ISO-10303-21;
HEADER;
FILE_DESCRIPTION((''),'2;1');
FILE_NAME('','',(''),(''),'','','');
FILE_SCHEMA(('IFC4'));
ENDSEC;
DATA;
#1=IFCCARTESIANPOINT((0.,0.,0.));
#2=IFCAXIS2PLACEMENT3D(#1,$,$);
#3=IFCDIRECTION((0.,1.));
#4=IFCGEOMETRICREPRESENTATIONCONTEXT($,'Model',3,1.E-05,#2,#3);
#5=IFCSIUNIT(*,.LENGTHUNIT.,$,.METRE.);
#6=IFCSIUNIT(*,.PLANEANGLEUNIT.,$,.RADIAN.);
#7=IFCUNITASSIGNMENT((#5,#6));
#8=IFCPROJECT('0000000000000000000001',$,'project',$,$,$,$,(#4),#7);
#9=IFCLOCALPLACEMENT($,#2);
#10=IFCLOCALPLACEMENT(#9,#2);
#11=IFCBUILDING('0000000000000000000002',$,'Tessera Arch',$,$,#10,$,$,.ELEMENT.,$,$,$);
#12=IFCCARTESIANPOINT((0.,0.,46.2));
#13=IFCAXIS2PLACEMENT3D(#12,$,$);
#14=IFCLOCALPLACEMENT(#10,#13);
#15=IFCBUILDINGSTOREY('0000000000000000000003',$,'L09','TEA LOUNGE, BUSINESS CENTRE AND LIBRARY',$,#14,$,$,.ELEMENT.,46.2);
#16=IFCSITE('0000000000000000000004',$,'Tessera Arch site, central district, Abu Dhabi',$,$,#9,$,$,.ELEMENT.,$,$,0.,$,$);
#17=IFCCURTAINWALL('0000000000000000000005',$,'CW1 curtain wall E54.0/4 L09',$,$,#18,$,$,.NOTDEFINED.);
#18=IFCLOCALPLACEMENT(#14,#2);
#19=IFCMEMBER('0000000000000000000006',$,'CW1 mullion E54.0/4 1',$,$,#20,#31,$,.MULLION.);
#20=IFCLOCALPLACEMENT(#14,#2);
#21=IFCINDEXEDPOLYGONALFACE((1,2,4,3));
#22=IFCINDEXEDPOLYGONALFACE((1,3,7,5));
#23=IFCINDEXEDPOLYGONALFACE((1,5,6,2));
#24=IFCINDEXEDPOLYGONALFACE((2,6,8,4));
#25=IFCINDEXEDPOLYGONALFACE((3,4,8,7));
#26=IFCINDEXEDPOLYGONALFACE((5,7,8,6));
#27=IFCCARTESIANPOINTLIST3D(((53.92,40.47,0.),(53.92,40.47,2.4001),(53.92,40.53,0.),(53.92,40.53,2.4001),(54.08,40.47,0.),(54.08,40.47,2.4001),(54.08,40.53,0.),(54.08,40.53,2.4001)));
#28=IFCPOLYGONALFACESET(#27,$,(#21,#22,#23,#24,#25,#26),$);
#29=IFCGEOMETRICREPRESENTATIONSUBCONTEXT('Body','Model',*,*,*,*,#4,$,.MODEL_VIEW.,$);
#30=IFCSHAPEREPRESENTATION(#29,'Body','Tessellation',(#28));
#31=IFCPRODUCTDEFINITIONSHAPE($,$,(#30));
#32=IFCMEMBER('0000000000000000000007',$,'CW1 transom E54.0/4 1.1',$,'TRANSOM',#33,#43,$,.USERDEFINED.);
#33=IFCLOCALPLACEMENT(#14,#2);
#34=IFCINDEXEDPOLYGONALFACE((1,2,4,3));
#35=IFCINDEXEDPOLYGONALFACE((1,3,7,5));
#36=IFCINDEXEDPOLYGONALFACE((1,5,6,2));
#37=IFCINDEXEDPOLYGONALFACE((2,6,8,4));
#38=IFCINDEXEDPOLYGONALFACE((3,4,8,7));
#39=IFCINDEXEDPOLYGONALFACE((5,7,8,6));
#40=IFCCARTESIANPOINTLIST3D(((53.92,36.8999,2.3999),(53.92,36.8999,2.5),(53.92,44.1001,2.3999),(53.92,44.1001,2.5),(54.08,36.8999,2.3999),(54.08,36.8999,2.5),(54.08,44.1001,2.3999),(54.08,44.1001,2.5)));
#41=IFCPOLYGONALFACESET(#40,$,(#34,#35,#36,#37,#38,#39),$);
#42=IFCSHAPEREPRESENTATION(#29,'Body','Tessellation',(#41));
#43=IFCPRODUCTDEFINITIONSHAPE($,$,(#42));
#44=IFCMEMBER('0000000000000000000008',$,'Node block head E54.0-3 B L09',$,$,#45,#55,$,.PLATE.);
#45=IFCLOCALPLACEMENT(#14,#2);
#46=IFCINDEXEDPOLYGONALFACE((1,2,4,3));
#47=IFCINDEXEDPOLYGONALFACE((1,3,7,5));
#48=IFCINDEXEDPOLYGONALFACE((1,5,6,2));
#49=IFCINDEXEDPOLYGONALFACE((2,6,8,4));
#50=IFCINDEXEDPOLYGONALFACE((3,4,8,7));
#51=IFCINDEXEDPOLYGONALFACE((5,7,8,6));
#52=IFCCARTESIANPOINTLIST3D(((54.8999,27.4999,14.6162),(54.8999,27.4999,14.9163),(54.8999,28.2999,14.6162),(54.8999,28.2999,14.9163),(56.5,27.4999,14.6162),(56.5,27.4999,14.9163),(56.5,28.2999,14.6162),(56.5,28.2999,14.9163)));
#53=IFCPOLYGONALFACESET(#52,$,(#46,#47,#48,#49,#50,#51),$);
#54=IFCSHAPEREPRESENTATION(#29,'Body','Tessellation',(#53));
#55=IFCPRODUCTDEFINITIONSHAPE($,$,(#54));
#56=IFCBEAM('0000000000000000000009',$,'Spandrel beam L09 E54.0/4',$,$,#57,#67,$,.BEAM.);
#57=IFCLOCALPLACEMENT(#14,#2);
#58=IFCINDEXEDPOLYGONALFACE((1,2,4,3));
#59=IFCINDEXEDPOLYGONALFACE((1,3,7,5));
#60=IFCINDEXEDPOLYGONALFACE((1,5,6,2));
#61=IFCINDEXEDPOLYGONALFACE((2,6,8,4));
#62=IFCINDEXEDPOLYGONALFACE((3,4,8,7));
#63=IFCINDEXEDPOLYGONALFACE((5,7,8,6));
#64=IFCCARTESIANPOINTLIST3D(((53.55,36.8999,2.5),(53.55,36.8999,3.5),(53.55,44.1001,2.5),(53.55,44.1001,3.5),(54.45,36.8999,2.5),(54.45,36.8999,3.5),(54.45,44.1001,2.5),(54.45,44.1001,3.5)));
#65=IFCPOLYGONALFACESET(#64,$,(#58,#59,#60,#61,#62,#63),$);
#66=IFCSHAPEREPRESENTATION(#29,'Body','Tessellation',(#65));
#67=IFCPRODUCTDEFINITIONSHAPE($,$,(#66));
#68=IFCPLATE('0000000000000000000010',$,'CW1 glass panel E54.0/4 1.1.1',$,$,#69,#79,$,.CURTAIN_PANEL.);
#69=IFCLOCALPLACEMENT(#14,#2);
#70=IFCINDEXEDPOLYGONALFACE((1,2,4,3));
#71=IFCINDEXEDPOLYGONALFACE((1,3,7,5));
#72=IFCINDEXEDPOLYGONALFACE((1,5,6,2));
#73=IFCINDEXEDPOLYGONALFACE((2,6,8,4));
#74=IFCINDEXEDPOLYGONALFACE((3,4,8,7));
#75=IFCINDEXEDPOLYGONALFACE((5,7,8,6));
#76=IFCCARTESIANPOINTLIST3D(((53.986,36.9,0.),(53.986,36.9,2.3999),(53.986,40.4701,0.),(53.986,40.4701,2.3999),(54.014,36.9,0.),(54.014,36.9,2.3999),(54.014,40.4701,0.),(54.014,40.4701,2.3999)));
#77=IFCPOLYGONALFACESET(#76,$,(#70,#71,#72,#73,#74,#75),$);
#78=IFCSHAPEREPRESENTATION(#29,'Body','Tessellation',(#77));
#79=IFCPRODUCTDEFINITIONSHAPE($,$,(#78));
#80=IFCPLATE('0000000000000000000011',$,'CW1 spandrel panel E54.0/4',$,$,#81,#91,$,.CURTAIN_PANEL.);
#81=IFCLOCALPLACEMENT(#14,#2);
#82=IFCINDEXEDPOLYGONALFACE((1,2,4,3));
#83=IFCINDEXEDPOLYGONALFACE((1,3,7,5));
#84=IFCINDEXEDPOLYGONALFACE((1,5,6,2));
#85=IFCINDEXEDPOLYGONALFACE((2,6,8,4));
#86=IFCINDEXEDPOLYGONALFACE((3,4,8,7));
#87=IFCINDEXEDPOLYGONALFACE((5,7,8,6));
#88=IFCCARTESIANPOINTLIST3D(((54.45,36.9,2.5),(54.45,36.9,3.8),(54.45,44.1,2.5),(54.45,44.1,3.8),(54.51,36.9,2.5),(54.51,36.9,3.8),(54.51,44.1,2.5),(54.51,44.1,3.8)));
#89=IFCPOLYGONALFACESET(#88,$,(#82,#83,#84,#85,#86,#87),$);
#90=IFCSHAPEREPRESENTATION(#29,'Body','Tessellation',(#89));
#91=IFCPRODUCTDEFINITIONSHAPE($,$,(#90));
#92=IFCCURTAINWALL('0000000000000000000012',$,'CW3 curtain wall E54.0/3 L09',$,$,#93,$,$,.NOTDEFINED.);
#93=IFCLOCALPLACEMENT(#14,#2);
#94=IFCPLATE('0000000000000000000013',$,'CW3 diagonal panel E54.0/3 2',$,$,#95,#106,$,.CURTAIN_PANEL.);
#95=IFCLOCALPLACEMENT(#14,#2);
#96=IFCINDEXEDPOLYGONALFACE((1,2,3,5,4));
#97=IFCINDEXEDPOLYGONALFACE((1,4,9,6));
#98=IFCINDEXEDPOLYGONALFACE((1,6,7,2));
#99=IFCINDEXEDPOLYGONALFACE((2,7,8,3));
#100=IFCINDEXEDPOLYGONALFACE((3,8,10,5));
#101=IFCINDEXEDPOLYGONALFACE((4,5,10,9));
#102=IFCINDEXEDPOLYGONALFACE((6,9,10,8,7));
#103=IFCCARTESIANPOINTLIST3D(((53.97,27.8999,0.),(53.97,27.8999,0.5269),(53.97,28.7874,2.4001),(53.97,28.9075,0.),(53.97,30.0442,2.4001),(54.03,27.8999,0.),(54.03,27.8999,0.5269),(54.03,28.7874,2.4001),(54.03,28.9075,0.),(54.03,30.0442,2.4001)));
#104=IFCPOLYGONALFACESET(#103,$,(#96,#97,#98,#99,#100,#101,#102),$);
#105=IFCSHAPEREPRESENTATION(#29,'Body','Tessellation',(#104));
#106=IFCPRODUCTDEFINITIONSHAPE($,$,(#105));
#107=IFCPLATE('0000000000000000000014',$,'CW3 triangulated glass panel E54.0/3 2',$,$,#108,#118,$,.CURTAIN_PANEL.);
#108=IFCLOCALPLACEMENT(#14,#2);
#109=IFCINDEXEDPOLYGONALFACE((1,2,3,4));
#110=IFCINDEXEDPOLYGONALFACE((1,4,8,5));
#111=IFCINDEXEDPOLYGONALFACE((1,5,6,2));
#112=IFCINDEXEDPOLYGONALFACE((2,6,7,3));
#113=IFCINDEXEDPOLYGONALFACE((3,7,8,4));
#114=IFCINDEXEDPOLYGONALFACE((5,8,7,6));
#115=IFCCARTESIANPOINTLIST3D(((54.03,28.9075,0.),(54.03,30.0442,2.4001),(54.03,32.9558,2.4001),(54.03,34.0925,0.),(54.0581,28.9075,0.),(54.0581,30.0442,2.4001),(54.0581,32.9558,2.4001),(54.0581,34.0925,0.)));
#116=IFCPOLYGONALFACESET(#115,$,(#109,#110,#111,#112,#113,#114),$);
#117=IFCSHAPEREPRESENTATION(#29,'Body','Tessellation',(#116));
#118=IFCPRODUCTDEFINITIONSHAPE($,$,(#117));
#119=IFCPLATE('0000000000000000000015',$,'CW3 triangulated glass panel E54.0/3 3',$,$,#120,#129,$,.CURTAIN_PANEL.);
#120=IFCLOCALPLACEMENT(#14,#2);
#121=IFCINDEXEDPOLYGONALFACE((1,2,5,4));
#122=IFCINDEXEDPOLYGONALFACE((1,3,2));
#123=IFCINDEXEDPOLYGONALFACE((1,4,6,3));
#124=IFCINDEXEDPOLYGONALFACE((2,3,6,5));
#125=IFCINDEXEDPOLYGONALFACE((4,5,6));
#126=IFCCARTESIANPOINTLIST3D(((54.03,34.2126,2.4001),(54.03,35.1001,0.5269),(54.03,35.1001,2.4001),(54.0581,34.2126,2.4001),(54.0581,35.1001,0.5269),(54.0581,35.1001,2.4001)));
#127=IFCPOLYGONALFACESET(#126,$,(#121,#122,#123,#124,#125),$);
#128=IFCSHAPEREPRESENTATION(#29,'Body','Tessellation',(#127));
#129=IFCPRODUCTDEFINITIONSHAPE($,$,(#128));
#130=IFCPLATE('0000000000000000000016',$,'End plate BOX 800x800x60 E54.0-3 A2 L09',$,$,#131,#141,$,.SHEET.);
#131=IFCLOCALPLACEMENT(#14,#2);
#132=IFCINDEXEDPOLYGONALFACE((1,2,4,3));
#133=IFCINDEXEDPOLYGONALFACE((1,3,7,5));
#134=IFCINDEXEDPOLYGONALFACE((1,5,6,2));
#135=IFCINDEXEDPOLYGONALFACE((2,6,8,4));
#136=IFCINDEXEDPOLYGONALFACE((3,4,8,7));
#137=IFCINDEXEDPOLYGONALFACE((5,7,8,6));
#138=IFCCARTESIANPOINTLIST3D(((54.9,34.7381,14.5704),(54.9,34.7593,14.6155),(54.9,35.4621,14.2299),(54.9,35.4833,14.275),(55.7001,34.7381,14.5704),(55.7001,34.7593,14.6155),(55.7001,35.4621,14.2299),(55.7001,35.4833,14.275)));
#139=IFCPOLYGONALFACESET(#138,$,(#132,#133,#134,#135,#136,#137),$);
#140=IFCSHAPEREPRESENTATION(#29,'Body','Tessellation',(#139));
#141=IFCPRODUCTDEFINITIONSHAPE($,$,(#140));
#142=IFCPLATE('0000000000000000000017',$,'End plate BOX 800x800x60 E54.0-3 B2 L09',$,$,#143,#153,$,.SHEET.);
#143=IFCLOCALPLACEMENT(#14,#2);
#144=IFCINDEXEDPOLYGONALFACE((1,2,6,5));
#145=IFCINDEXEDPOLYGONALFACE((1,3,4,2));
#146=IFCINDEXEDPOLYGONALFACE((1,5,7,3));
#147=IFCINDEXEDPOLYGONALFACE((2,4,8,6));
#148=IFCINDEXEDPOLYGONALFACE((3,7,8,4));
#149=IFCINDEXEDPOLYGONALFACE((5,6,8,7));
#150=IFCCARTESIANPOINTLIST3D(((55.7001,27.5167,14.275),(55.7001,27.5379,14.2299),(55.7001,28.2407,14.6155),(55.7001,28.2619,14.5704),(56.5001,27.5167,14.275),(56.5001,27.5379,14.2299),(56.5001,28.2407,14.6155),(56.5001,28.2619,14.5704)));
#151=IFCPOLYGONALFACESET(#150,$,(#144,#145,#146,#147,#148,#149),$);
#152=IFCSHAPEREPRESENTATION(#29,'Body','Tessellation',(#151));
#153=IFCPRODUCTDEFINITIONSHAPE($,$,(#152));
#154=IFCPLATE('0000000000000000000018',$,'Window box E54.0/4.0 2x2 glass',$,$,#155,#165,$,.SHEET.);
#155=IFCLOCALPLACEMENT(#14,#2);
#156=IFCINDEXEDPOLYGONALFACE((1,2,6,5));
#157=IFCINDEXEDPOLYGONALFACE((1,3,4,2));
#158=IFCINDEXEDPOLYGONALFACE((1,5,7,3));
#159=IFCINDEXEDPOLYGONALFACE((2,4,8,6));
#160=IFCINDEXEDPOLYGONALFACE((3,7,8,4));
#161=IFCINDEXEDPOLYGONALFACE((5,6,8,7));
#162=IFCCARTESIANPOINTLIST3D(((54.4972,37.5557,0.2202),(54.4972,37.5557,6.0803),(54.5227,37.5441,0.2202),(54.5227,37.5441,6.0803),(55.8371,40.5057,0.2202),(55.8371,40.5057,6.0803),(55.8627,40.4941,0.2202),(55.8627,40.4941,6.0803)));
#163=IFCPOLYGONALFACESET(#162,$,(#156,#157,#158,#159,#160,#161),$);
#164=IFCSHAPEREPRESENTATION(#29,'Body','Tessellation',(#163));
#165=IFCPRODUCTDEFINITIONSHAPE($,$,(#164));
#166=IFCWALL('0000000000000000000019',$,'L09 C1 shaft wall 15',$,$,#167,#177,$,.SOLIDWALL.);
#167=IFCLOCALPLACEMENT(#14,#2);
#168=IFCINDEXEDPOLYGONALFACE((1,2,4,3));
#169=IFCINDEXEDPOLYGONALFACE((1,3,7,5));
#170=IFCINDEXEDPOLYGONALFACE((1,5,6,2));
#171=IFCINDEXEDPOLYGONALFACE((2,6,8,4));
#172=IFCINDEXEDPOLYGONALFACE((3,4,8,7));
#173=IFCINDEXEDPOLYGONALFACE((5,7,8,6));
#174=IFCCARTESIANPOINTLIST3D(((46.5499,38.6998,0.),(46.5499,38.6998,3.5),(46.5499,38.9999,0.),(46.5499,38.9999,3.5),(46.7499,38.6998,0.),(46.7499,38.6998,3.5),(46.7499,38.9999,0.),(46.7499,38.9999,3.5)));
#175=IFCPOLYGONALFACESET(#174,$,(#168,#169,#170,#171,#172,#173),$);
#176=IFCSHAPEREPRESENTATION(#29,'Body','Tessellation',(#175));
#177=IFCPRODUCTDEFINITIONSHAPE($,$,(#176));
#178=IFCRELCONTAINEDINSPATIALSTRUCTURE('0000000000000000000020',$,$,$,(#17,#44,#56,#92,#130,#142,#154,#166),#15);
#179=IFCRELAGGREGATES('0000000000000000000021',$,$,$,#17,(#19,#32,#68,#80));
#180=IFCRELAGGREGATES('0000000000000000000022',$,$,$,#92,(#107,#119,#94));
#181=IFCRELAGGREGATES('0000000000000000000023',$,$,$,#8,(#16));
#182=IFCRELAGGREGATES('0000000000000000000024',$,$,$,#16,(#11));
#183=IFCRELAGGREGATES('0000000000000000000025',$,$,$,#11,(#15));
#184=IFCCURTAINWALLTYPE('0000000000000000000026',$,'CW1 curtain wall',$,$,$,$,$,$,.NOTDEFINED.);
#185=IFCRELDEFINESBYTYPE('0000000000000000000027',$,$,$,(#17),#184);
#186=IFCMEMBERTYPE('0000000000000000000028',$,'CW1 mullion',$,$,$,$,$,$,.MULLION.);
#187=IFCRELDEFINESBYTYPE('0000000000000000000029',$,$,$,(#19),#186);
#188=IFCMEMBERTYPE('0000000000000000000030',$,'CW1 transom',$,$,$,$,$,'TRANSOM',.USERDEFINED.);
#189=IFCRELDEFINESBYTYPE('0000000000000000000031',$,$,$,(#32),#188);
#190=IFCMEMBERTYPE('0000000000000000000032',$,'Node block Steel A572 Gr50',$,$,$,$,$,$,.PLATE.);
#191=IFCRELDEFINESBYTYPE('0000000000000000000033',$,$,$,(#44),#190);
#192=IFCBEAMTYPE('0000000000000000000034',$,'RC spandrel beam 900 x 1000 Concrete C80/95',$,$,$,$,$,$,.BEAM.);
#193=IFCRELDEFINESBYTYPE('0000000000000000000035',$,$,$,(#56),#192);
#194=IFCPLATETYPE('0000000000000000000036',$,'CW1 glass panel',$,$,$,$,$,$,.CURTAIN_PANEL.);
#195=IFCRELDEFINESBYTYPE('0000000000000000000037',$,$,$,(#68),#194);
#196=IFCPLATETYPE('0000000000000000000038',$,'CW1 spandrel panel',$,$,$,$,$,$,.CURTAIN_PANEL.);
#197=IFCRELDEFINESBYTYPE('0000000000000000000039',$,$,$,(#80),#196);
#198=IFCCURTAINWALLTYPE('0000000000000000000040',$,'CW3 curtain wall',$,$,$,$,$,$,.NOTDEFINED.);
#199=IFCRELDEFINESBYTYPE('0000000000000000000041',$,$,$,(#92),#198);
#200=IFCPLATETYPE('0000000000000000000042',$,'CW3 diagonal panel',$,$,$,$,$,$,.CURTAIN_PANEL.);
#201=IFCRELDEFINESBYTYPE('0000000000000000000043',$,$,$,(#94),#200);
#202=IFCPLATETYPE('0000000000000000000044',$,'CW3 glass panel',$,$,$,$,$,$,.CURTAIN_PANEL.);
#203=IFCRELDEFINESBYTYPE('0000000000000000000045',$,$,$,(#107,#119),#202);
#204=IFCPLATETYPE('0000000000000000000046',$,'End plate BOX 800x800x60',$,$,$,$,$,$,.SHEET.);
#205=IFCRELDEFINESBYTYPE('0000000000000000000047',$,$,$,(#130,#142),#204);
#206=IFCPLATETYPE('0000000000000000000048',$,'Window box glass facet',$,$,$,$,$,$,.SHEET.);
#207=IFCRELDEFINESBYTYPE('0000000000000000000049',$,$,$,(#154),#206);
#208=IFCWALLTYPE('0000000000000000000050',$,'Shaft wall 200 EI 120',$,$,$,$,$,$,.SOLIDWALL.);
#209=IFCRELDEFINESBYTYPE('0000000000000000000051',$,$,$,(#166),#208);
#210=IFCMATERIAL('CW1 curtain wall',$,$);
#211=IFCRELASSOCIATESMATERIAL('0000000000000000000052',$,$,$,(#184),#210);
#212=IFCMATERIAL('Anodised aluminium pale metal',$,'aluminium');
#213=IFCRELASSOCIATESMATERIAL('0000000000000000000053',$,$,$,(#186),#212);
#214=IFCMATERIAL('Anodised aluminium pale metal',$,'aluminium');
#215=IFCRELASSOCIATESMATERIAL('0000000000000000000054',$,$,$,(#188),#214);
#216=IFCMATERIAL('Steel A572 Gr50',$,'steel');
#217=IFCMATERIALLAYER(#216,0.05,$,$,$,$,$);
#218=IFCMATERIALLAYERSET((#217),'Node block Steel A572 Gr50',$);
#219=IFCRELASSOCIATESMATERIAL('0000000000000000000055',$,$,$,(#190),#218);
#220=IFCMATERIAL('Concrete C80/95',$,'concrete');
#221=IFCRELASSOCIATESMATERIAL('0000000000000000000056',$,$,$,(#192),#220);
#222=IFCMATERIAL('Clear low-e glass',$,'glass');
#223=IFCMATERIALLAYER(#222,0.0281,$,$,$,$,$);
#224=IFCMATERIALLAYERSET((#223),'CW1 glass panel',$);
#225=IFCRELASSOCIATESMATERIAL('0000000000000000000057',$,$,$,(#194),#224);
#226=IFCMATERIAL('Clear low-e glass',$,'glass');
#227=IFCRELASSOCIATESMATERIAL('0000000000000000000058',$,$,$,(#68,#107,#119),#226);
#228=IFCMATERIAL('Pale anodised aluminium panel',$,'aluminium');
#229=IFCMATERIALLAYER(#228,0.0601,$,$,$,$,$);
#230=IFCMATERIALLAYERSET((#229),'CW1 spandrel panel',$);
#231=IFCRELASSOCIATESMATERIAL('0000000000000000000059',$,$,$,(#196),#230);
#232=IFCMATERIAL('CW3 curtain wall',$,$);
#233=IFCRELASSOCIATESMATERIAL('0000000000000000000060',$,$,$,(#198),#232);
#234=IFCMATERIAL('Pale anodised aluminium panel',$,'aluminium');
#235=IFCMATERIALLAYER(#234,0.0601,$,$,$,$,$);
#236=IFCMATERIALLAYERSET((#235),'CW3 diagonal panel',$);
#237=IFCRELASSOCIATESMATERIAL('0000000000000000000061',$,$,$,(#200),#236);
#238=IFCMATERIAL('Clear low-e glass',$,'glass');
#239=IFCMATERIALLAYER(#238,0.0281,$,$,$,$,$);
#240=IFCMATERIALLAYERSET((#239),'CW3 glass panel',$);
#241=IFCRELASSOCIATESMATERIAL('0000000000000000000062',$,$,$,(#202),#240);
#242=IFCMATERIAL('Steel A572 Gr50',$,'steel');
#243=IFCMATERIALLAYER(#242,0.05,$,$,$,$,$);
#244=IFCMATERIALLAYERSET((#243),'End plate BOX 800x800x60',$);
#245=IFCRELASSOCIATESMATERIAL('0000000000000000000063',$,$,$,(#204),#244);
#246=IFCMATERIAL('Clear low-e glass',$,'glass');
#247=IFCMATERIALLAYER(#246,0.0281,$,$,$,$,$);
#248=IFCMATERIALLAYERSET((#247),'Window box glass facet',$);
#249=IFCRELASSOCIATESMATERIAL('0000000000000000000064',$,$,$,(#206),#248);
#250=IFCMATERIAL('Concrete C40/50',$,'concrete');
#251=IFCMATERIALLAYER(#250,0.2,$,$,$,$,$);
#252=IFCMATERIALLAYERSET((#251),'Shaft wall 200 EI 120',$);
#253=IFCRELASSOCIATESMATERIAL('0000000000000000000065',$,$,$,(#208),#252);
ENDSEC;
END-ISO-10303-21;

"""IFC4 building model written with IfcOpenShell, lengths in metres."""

from ifc_helpers import new_model, si_unit, direction, frame, frame_2d, origin, origin_2d, place, context, subcontext, project, spatial, polyline, rectangle, outline, extrude, material, layer, layer_set, material_profile, profile_set, type_object, element, aggregate, save


model = new_model("IFC4")

# Units and contexts
model_context = context("Model", 3, precision=1e-05, world=origin(), true_north=direction((0.0, 1.0)))
body_context = subcontext(model_context, "Body", "Model", "MODEL_VIEW")
ifc_project = project(units=[si_unit("LENGTHUNIT", "METRE"), si_unit("PLANEANGLEUNIT", "RADIAN")], contexts=[model_context])

# Site, building, storey
site_placement = place(None, origin())
site = spatial("IfcSite", under=ifc_project, at=site_placement, Name="Tessera Arch site, central district, Abu Dhabi", CompositionType="ELEMENT", RefElevation=0.0)
building_placement = place(site_placement, origin())
building = spatial("IfcBuilding", under=site, at=building_placement, Name="Tessera Arch", CompositionType="ELEMENT")
storey_placement = place(building_placement, frame((0.0, 0.0, 46.2)))
storey = spatial("IfcBuildingStorey", under=building, at=storey_placement, Name="L09", Description="TEA LOUNGE, BUSINESS CENTRE AND LIBRARY", CompositionType="ELEMENT", Elevation=46.2)

# Curtain wall, members
ifc_material_1 = material(Name="CW1 curtain wall")
curtain_wall_type_1 = type_object("IfcCurtainWallType", Name="CW1 curtain wall", PredefinedType="NOTDEFINED", material=ifc_material_1)
curtain_wall_1_placement = place(storey_placement, origin())
curtain_wall_1 = element("IfcCurtainWall", 1, at=curtain_wall_1_placement, inside=storey, type_object=curtain_wall_type_1, Name="CW1 curtain wall E54.0/4 L09", PredefinedType="NOTDEFINED")
ifc_material_2 = material(Name="Anodised aluminium pale metal", Category="aluminium")
ifc_material_profile_1 = material_profile(ifc_material_2, rectangle(XDim=0.1599, YDim=0.0601, at=origin_2d()), Name="AL 60x160")
ifc_profile_set_1 = profile_set([ifc_material_profile_1], Name="Anodised aluminium pale metal")
member_type_1 = type_object("IfcMemberType", Name="CW1 mullion", PredefinedType="MULLION", material=ifc_profile_set_1)
member_1_placement = place(storey_placement, frame((54.0, 40.5, 0.0), z_axis=(0.0, 0.0, 1.0), x_axis=(-1.0, 0.0, 0.0)))
member_1 = element("IfcMember", 2, at=member_1_placement, type_object=member_type_1, Name="CW1 mullion E54.0/4 1", PredefinedType="MULLION", context=body_context, shape_type="SweptSolid", body=[
    extrude(rectangle(XDim=0.1599, YDim=0.0601, at=origin_2d()), origin(), (0.0, 0.0, 1.0), 2.4001),
])
ifc_material_3 = material(Name="Anodised aluminium pale metal", Category="aluminium")
ifc_material_profile_2 = material_profile(ifc_material_3, rectangle(XDim=0.1599, YDim=0.1001, at=origin_2d()), Name="AL 160x100")
ifc_profile_set_2 = profile_set([ifc_material_profile_2], Name="Anodised aluminium pale metal")
member_type_2 = type_object("IfcMemberType", Name="CW1 transom", ElementType="TRANSOM", PredefinedType="USERDEFINED", material=ifc_profile_set_2)
member_2_placement = place(storey_placement, frame((54.0, 36.8999, 2.45), z_axis=(0.0, 1.0, 0.0), x_axis=(-1.0, 0.0, 0.0)))
member_2 = element("IfcMember", 3, at=member_2_placement, type_object=member_type_2, Name="CW1 transom E54.0/4 1.1", ObjectType="TRANSOM", PredefinedType="USERDEFINED", context=body_context, shape_type="SweptSolid", body=[
    extrude(rectangle(XDim=0.1599, YDim=0.1001, at=origin_2d()), origin(), (0.0, 0.0, 1.0), 7.2002),
])

# Member
ifc_material_4 = material(Name="Steel A572 Gr50", Category="steel")
ifc_layer_1 = layer(ifc_material_4, 0.05)
ifc_layer_set_1 = layer_set([ifc_layer_1], Name="Node block Steel A572 Gr50")
member_type_3 = type_object("IfcMemberType", Name="Node block Steel A572 Gr50", PredefinedType="PLATE", material=ifc_layer_set_1)
member_3_placement = place(storey_placement, frame((55.7, 27.8999, 14.6162), z_axis=(0.0, 0.0, 1.0), x_axis=(0.0, 1.0, 0.0)))
element("IfcMember", 4, at=member_3_placement, inside=storey, type_object=member_type_3, Name="Node block head E54.0-3 B L09", PredefinedType="PLATE", context=body_context, shape_type="SweptSolid", body=[
    extrude(rectangle(XDim=0.8, YDim=1.6001, at=origin_2d()), origin(), (0.0, 0.0, 1.0), 0.3),
])

# Beam
ifc_material_5 = material(Name="Concrete C80/95", Category="concrete")
ifc_material_profile_3 = material_profile(ifc_material_5, rectangle(XDim=0.8999, YDim=1.0, at=origin_2d()), Name="RC spandrel beam 900 x 1000 Concrete C80/95")
ifc_profile_set_3 = profile_set([ifc_material_profile_3], Name="Concrete C80/95")
beam_type = type_object("IfcBeamType", Name="RC spandrel beam 900 x 1000 Concrete C80/95", PredefinedType="BEAM", material=ifc_profile_set_3)
beam_placement = place(storey_placement, frame((54.0, 36.8999, 3.0), z_axis=(0.0, 1.0, 0.0), x_axis=(-1.0, 0.0, 0.0)))
element("IfcBeam", 5, at=beam_placement, inside=storey, type_object=beam_type, Name="Spandrel beam L09 E54.0/4", PredefinedType="BEAM", context=body_context, shape_type="SweptSolid", body=[
    extrude(rectangle(XDim=0.8999, YDim=1.0, at=origin_2d()), origin(), (0.0, 0.0, 1.0), 7.2002),
])

# Plates
ifc_material_6 = material(Name="Clear low-e glass", Category="glass")
ifc_material_7 = material(Name="Clear low-e glass", Category="glass")
ifc_layer_2 = layer(ifc_material_7, 0.0281)
ifc_layer_set_2 = layer_set([ifc_layer_2], Name="CW1 glass panel")
plate_type_1 = type_object("IfcPlateType", Name="CW1 glass panel", PredefinedType="CURTAIN_PANEL", material=ifc_layer_set_2)
plate_1_placement = place(storey_placement, frame((54.0, 38.6851, 0.0), z_axis=(0.0, 0.0, 1.0), x_axis=(0.0, 1.0, 0.0)))
plate_1 = element("IfcPlate", 6, at=plate_1_placement, type_object=plate_type_1, material=ifc_material_6, Name="CW1 glass panel E54.0/4 1.1.1", PredefinedType="CURTAIN_PANEL", context=body_context, shape_type="SweptSolid", body=[
    extrude(rectangle(XDim=3.5701, YDim=0.0281, at=origin_2d()), origin(), (0.0, 0.0, 1.0), 2.3999),
])
ifc_material_8 = material(Name="Pale anodised aluminium panel", Category="aluminium")
ifc_layer_3 = layer(ifc_material_8, 0.0601)
ifc_layer_set_3 = layer_set([ifc_layer_3], Name="CW1 spandrel panel")
plate_type_2 = type_object("IfcPlateType", Name="CW1 spandrel panel", PredefinedType="CURTAIN_PANEL", material=ifc_layer_set_3)
plate_2_placement = place(storey_placement, frame((54.48, 40.5, 2.5), z_axis=(0.0, 0.0, 1.0), x_axis=(0.0, 1.0, 0.0)))
plate_2 = element("IfcPlate", 7, at=plate_2_placement, type_object=plate_type_2, Name="CW1 spandrel panel E54.0/4", PredefinedType="CURTAIN_PANEL", context=body_context, shape_type="SweptSolid", body=[
    extrude(rectangle(XDim=7.2, YDim=0.0601, at=origin_2d()), origin(), (0.0, 0.0, 1.0), 1.3),
])
aggregate(curtain_wall_1, [member_1, member_2, plate_1, plate_2])

# Curtain wall, plates
ifc_material_9 = material(Name="CW3 curtain wall")
curtain_wall_type_2 = type_object("IfcCurtainWallType", Name="CW3 curtain wall", PredefinedType="NOTDEFINED", material=ifc_material_9)
curtain_wall_2_placement = place(storey_placement, origin())
curtain_wall_2 = element("IfcCurtainWall", 8, at=curtain_wall_2_placement, inside=storey, type_object=curtain_wall_type_2, Name="CW3 curtain wall E54.0/3 L09", PredefinedType="NOTDEFINED")
ifc_material_10 = material(Name="Pale anodised aluminium panel", Category="aluminium")
ifc_layer_4 = layer(ifc_material_10, 0.0601)
ifc_layer_set_4 = layer_set([ifc_layer_4], Name="CW3 diagonal panel")
plate_type_3 = type_object("IfcPlateType", Name="CW3 diagonal panel", PredefinedType="CURTAIN_PANEL", material=ifc_layer_set_4)
plate_3_placement = place(storey_placement, frame((54.03, 30.0442, 2.4001), z_axis=(1.0, 0.0, 0.0), x_axis=(0.0, -1.0, 0.0)))
plate_3 = element("IfcPlate", 9, at=plate_3_placement, type_object=plate_type_3, Name="CW3 diagonal panel E54.0/3 2", PredefinedType="CURTAIN_PANEL", context=body_context, shape_type="SweptSolid", body=[
    extrude(outline(polyline([(0.0, 0.0), (1.2568, 0.0), (2.1443, 1.8733), (2.1443, 2.4001), (1.1367, 2.4001), (0.0, 0.0)])), origin(), (0.0, 0.0, -1.0), 0.0601),
])
ifc_material_11 = material(Name="Clear low-e glass", Category="glass")
ifc_layer_5 = layer(ifc_material_11, 0.0281)
ifc_layer_set_5 = layer_set([ifc_layer_5], Name="CW3 glass panel")
plate_type_4 = type_object("IfcPlateType", Name="CW3 glass panel", PredefinedType="CURTAIN_PANEL", material=ifc_layer_set_5)
plate_4_placement = place(storey_placement, frame((54.0581, 32.9558, 2.4001), z_axis=(1.0, 0.0, 0.0), x_axis=(0.0, -1.0, 0.0)))
plate_4 = element("IfcPlate", 10, at=plate_4_placement, type_object=plate_type_4, material=ifc_material_6, Name="CW3 triangulated glass panel E54.0/3 2", PredefinedType="CURTAIN_PANEL", context=body_context, shape_type="SweptSolid", body=[
    extrude(outline(polyline([(0.0, 0.0), (2.9116, 0.0), (4.0483, 2.4001), (-1.1367, 2.4001), (0.0, 0.0)])), origin(), (0.0, 0.0, -1.0), 0.0281),
])
plate_5_placement = place(storey_placement, frame((54.0581, 35.1001, 2.4001), z_axis=(1.0, 0.0, 0.0), x_axis=(0.0, -1.0, 0.0)))
plate_5 = element("IfcPlate", 11, at=plate_5_placement, type_object=plate_type_4, material=ifc_material_6, Name="CW3 triangulated glass panel E54.0/3 3", PredefinedType="CURTAIN_PANEL", context=body_context, shape_type="SweptSolid", body=[
    extrude(outline(polyline([(0.0, 0.0), (0.8875, 0.0), (0.0, 1.8733), (0.0, 0.0)])), origin(), (0.0, 0.0, -1.0), 0.0281),
])
aggregate(curtain_wall_2, [plate_4, plate_5, plate_3])

# Plates
ifc_material_12 = material(Name="Steel A572 Gr50", Category="steel")
ifc_layer_6 = layer(ifc_material_12, 0.05)
ifc_layer_set_6 = layer_set([ifc_layer_6], Name="End plate BOX 800x800x60")
plate_type_5 = type_object("IfcPlateType", Name="End plate BOX 800x800x60", PredefinedType="SHEET", material=ifc_layer_set_6)
for number, where, z_axis, x_axis, name in (
    (12, (55.3, 35.1001, 14.4001), (0.0, 0.425561, 0.90493), (-1.0, 0.0, 0.0), "End plate BOX 800x800x60 E54.0-3 A2 L09"),
    (13, (56.1001, 27.8999, 14.4001), (0.0, -0.425561, 0.90493), (1.0, 0.0, 0.0), "End plate BOX 800x800x60 E54.0-3 B2 L09"),
):
    element("IfcPlate", number, at=place(storey_placement, frame(where, z_axis=z_axis, x_axis=x_axis)), inside=storey, type_object=plate_type_5, Name=name, PredefinedType="SHEET", context=body_context, shape_type="SweptSolid", body=[
        extrude(rectangle(XDim=0.8, YDim=0.8, at=origin_2d()), origin(), (0.0, 0.0, 1.0), 0.0498),
    ])
ifc_material_13 = material(Name="Clear low-e glass", Category="glass")
ifc_layer_7 = layer(ifc_material_13, 0.0281)
ifc_layer_set_7 = layer_set([ifc_layer_7], Name="Window box glass facet")
plate_type_6 = type_object("IfcPlateType", Name="Window box glass facet", PredefinedType="SHEET", material=ifc_layer_set_7)
plate_6_placement = place(storey_placement, frame((55.1799, 39.0249, 0.2202), z_axis=(0.0, 0.0, 1.0), x_axis=(0.41357, 0.910472, 0.0)))
element("IfcPlate", 14, at=plate_6_placement, inside=storey, type_object=plate_type_6, Name="Window box E54.0/4.0 2x2 glass", PredefinedType="SHEET", context=body_context, shape_type="SweptSolid", body=[
    extrude(rectangle(XDim=3.24, YDim=0.0281, at=origin_2d()), origin(), (0.0, 0.0, 1.0), 5.8601),
])

# Wall
ifc_material_14 = material(Name="Concrete C40/50", Category="concrete")
ifc_layer_8 = layer(ifc_material_14, 0.2)
ifc_layer_set_8 = layer_set([ifc_layer_8], Name="Shaft wall 200 EI 120")
wall_type_1 = type_object("IfcWallType", Name="Shaft wall 200 EI 120", PredefinedType="SOLIDWALL", material=ifc_layer_set_8)
wall_1_placement = place(storey_placement, frame((46.6499, 38.7, 0.0), z_axis=(0.0, 0.0, 1.0), x_axis=(0.0, 1.0, 0.0)))
element("IfcWall", 15, at=wall_1_placement, inside=storey, type_object=wall_type_1, Name="L09 C1 shaft wall 15", PredefinedType="SOLIDWALL", context=body_context, shape_type="SweptSolid", body=[
    extrude(rectangle(XDim=0.3, YDim=0.2, at=frame_2d((0.1499, 0.0))), origin(), (0.0, 0.0, 1.0), 3.5),
])

save(model, "model.ifc")
